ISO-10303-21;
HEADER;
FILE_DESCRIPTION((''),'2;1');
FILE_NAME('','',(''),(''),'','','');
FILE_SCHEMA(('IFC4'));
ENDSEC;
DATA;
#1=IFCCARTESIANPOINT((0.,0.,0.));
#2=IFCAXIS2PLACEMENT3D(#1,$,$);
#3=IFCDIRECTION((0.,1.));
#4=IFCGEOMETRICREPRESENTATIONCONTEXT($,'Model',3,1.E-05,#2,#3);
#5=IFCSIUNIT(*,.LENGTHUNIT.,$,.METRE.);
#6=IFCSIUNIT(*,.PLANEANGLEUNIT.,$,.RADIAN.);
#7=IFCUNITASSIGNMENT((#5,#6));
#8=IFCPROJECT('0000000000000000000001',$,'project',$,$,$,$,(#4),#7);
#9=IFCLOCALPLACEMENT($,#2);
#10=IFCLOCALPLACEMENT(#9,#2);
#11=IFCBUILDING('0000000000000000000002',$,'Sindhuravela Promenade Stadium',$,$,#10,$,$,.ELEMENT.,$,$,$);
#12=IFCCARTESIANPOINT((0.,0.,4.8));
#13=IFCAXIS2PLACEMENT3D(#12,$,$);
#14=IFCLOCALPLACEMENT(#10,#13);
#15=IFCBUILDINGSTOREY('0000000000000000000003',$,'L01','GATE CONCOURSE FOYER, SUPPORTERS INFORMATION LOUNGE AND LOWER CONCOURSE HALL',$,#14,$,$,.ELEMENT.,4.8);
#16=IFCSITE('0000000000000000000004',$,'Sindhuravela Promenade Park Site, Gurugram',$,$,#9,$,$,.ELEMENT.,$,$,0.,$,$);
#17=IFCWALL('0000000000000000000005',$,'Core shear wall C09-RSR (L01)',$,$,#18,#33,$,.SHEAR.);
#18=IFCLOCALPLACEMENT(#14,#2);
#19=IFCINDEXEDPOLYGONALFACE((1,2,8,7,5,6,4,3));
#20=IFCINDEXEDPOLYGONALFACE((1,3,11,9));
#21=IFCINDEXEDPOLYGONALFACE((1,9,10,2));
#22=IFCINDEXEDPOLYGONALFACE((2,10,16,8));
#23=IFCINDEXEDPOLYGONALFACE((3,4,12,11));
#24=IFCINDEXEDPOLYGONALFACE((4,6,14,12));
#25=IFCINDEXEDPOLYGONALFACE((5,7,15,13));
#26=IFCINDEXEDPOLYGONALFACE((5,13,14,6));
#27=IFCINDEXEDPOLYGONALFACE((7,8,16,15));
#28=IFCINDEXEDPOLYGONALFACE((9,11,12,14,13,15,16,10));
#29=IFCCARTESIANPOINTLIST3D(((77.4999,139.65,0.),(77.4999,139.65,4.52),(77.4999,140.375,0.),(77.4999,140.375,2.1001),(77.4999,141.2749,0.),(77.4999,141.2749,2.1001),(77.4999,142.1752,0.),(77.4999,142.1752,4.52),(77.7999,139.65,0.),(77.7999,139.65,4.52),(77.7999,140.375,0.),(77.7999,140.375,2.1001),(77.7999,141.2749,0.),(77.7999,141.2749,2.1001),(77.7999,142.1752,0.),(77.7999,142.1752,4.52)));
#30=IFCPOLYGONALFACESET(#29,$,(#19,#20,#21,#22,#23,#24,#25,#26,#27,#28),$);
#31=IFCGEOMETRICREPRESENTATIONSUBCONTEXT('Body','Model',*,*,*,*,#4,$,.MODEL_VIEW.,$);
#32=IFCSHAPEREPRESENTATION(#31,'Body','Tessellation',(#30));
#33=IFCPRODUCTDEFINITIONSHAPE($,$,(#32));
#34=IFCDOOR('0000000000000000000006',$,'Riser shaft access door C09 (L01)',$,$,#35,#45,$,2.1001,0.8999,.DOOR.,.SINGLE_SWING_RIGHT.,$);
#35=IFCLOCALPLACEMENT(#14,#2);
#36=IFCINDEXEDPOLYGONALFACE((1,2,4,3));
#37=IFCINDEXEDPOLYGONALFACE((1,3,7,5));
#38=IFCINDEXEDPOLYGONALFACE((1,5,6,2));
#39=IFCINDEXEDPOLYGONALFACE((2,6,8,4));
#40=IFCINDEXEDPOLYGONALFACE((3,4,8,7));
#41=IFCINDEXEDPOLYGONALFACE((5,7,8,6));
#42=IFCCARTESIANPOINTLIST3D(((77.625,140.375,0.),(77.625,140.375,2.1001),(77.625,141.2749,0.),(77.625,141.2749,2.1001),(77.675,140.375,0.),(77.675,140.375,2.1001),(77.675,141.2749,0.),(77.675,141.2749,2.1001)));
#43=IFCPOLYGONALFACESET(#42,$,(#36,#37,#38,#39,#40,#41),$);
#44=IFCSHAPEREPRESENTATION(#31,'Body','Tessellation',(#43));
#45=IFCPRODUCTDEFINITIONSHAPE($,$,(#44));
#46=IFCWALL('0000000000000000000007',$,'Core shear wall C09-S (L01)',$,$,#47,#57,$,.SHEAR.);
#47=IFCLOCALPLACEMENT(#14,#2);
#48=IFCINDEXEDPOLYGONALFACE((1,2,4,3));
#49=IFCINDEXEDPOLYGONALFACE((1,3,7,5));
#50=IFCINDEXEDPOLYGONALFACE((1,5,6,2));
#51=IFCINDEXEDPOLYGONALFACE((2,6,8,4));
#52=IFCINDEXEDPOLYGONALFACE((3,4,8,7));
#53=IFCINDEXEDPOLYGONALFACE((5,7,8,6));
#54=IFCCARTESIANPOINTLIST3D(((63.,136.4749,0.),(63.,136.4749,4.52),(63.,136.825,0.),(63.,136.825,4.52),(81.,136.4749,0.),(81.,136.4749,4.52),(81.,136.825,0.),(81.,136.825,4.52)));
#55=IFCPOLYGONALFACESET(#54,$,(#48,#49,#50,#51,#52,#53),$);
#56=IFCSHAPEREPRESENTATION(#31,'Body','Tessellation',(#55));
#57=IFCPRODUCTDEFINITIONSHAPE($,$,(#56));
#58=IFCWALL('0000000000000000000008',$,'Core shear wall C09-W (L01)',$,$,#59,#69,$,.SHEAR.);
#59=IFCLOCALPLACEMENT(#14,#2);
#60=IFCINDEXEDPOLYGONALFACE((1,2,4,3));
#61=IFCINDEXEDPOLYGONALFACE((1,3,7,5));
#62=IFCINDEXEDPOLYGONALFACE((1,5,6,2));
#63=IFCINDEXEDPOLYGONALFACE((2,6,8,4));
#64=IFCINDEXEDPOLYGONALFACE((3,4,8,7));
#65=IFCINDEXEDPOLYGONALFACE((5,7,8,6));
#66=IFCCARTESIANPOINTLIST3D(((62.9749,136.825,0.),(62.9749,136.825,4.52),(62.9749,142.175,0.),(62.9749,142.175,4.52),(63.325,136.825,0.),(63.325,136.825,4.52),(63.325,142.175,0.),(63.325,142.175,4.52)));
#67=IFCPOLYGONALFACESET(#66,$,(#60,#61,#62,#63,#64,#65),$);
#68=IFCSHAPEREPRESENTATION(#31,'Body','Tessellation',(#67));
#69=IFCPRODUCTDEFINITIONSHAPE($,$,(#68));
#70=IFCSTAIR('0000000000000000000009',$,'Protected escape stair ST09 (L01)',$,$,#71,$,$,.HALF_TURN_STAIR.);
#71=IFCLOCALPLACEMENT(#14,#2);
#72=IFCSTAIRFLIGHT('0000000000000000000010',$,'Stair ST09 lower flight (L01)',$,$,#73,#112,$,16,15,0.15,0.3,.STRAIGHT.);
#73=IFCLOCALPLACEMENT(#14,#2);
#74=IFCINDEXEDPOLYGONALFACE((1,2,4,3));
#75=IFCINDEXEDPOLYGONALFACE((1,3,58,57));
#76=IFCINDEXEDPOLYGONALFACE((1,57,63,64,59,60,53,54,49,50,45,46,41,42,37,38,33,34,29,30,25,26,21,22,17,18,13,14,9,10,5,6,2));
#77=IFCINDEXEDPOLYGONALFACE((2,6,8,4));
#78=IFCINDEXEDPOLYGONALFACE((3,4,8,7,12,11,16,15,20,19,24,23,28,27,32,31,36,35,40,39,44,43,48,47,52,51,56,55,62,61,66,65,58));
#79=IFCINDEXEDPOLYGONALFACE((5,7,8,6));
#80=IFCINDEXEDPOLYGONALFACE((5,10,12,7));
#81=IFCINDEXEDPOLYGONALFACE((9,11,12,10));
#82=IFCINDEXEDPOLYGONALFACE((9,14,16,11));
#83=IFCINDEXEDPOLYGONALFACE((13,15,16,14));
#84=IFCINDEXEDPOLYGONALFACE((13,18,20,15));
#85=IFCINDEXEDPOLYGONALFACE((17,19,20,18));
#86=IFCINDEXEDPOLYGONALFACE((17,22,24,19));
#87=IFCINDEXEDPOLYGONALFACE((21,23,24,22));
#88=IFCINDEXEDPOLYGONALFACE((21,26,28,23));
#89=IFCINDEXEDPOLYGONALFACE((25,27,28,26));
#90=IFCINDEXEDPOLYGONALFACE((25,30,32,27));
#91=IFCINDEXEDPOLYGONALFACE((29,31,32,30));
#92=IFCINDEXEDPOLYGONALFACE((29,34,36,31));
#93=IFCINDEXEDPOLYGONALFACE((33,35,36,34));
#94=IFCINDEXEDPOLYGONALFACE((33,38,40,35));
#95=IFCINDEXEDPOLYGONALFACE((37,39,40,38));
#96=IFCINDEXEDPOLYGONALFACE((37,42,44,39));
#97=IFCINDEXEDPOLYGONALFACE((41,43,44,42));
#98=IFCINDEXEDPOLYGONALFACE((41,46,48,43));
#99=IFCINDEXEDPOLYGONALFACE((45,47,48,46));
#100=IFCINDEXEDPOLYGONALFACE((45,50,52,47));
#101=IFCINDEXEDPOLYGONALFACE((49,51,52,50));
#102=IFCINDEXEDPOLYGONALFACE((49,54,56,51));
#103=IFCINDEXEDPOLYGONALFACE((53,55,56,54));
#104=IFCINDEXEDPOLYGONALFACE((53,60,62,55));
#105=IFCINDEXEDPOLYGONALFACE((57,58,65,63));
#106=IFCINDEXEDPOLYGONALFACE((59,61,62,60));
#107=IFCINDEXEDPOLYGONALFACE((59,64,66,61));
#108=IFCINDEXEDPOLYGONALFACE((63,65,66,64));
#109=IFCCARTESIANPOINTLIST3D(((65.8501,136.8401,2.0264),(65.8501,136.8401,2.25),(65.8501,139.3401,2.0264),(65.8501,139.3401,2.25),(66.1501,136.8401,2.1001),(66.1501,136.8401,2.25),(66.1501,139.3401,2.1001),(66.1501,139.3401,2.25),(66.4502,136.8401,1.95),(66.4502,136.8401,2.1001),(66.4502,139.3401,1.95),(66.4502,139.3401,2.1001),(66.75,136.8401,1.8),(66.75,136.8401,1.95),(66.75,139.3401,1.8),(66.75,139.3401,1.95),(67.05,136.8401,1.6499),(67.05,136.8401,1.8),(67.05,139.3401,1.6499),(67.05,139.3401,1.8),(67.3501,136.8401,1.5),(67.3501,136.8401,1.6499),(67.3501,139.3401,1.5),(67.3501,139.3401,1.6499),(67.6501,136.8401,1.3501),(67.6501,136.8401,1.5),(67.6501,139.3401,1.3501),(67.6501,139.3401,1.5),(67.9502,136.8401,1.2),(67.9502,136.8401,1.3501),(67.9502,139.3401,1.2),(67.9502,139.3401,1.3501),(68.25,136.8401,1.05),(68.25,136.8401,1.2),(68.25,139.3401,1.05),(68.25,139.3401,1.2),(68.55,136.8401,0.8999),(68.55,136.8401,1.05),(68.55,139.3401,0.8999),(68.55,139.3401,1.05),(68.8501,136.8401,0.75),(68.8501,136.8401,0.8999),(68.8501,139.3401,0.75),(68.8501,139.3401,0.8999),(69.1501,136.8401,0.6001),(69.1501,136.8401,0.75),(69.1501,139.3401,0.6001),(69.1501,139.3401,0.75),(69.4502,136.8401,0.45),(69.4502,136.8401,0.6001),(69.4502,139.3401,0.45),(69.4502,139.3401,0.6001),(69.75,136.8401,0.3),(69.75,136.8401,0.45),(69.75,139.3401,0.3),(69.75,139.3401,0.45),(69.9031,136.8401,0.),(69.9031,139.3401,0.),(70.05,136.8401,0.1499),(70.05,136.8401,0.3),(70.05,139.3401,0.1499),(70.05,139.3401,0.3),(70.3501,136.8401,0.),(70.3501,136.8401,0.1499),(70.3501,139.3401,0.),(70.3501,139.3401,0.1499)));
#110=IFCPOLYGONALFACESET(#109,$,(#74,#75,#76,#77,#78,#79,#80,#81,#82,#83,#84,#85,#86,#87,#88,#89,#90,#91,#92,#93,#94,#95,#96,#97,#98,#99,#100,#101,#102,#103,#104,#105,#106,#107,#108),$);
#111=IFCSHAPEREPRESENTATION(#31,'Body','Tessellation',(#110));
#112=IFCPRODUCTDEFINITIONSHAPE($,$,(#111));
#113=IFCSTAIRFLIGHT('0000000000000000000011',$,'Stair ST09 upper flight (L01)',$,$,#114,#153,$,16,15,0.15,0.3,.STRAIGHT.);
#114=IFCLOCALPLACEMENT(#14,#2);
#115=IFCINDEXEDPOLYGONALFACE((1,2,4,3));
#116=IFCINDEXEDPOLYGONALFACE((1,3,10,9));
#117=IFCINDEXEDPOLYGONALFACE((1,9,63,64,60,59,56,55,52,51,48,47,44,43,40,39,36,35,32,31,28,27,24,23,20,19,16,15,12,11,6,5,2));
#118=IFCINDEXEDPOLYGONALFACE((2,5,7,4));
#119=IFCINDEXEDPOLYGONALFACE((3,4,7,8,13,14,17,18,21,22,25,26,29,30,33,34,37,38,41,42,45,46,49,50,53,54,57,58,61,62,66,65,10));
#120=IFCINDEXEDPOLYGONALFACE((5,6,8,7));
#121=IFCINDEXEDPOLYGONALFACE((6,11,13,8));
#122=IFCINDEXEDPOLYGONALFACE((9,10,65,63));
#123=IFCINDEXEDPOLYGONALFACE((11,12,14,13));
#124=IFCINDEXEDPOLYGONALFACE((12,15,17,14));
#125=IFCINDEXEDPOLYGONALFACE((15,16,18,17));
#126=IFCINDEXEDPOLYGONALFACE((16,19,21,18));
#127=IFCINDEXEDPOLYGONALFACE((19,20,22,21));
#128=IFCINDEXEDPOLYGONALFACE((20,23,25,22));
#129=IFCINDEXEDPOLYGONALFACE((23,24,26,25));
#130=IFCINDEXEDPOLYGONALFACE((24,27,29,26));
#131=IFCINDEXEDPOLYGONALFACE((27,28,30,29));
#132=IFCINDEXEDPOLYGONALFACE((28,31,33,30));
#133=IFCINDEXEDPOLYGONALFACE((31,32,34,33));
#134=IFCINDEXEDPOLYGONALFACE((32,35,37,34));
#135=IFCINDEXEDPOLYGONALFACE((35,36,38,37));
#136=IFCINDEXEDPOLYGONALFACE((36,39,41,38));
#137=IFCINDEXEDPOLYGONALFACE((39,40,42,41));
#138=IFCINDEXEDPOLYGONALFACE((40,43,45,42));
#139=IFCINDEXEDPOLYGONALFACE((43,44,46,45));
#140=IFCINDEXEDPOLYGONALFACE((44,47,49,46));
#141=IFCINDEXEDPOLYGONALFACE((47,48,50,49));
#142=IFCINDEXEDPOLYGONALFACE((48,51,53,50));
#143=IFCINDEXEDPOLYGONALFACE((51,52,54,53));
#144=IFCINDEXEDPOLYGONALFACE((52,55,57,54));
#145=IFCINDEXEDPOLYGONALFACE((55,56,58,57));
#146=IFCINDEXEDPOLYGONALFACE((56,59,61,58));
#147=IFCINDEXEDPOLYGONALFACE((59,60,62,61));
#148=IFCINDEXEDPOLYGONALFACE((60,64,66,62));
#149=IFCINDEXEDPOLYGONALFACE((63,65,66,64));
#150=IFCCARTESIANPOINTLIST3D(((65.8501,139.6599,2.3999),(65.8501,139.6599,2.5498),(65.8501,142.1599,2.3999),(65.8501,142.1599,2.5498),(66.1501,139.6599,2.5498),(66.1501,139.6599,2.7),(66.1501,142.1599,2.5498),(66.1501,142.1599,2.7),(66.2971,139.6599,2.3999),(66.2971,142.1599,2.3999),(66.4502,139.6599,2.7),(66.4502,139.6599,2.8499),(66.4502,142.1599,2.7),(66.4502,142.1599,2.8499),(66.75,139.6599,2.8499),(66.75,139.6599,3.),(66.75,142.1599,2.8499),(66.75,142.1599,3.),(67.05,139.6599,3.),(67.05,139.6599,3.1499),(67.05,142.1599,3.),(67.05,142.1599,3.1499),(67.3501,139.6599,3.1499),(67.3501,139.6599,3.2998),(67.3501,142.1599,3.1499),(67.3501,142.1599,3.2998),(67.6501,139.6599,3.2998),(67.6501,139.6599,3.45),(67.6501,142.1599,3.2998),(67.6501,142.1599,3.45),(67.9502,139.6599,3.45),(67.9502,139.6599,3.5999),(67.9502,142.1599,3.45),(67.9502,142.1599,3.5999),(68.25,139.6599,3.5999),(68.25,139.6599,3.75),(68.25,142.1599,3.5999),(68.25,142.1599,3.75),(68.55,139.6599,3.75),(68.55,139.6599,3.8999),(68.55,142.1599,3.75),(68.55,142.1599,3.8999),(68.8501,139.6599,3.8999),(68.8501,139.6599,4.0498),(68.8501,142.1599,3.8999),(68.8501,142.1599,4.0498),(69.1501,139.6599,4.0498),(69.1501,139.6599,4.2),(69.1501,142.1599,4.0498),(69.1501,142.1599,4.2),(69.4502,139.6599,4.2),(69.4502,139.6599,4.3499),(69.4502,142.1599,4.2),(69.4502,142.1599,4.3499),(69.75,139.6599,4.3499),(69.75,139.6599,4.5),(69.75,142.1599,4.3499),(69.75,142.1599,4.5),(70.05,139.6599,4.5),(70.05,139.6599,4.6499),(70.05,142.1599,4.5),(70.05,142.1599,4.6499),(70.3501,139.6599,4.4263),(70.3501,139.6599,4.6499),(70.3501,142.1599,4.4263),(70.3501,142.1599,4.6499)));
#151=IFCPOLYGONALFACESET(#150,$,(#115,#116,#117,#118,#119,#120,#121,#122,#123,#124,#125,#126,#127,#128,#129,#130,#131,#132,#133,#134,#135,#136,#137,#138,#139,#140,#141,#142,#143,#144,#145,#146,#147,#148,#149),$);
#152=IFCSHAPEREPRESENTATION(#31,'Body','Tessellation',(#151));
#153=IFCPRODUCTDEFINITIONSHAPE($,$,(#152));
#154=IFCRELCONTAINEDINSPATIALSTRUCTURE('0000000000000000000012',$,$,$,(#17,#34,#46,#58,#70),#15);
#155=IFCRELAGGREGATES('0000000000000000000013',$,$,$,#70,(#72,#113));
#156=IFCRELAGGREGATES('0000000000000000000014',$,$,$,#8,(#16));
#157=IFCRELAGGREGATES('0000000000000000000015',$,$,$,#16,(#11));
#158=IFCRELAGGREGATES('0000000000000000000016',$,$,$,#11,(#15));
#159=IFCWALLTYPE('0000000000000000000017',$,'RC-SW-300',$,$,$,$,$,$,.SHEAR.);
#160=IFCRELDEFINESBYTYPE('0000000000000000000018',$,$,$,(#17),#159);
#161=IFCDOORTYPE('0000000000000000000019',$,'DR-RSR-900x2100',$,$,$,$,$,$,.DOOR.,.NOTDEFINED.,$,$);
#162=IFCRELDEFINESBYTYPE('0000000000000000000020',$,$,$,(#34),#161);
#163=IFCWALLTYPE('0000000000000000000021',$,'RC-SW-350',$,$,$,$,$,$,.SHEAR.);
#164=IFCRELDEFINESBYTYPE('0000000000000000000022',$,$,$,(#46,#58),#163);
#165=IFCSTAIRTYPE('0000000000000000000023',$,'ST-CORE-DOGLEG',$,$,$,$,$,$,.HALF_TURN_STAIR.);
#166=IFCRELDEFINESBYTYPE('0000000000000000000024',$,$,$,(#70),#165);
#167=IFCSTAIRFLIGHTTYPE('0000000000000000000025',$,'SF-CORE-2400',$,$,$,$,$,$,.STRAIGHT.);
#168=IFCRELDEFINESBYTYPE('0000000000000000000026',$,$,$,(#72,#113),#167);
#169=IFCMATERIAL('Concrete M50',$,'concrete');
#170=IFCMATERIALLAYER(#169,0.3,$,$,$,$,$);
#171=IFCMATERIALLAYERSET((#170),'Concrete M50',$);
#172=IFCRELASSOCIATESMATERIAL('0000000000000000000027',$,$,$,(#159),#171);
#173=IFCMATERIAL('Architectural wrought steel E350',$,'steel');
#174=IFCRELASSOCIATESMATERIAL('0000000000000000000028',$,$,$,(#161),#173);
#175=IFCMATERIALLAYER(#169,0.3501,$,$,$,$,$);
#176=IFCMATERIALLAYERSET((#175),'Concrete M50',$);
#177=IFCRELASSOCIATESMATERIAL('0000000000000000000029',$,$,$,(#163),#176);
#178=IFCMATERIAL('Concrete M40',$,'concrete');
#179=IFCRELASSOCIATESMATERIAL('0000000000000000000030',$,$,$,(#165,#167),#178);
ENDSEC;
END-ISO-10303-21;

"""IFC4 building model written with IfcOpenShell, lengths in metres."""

from ifc_helpers import new_model, si_unit, direction, frame, frame_2d, origin, place, context, subcontext, project, spatial, polyline, rectangle, outline, extrude, material, layer, layer_set, type_object, element, fill, aggregate, save


model = new_model("IFC4")

# Units and contexts
model_context = context("Model", 3, precision=1e-05, world=origin(), true_north=direction((0.0, 1.0)))
body_context = subcontext(model_context, "Body", "Model", "MODEL_VIEW")
ifc_project = project(units=[si_unit("LENGTHUNIT", "METRE"), si_unit("PLANEANGLEUNIT", "RADIAN")], contexts=[model_context])

# Site, building, storey
site_placement = place(None, origin())
site = spatial("IfcSite", under=ifc_project, at=site_placement, Name="Sindhuravela Promenade Park Site, Gurugram", CompositionType="ELEMENT", RefElevation=0.0)
building_placement = place(site_placement, origin())
building = spatial("IfcBuilding", under=site, at=building_placement, Name="Sindhuravela Promenade Stadium", CompositionType="ELEMENT")
storey_placement = place(building_placement, frame((0.0, 0.0, 4.8)))
storey = spatial("IfcBuildingStorey", under=building, at=storey_placement, Name="L01", Description="GATE CONCOURSE FOYER, SUPPORTERS INFORMATION LOUNGE AND LOWER CONCOURSE HALL", CompositionType="ELEMENT", Elevation=4.8)

# Shared definitions
ifc_material_1 = material(Name="Concrete M40", Category="concrete")

# Wall, opening, door
ifc_material_2 = material(Name="Concrete M50", Category="concrete")
ifc_layer_1 = layer(ifc_material_2, 0.3)
ifc_layer_set_1 = layer_set([ifc_layer_1], Name="Concrete M50")
wall_type_1 = type_object("IfcWallType", Name="RC-SW-300", PredefinedType="SHEAR", material=ifc_layer_set_1)
ifc_material_3 = material(Name="Architectural wrought steel E350", Category="steel")
wall_1_placement = place(storey_placement, frame((77.6499, 139.6499, 0.0), z_axis=(0.0, 0.0, 1.0), x_axis=(0.0, 1.0, 0.0)))
wall_1 = element("IfcWall", 1, at=wall_1_placement, inside=storey, type_object=wall_type_1, Name="Core shear wall C09-RSR (L01)", PredefinedType="SHEAR", context=body_context, shape_type="SweptSolid", body=[
    extrude(rectangle(XDim=2.5251, YDim=0.3, at=frame_2d((1.2627, 0.0))), origin(), (0.0, 0.0, 1.0), 4.52),
])
opening_1_placement = place(wall_1_placement, frame((0.7251, 0.0, 0.0)))
opening_1 = element("IfcOpeningElement", 2, at=opening_1_placement, cuts=wall_1, PredefinedType="OPENING", context=body_context, shape_type="SweptSolid", body=[
    extrude(rectangle(XDim=0.8999, YDim=2.1001, at=frame_2d((0.45, 1.05))), frame((0.0, 0.1599, 0.0), z_axis=(0.0, -1.0, 0.0), x_axis=(1.0, 0.0, 0.0)), (0.0, 0.0, 1.0), 0.3201),
])
door_type_1 = type_object("IfcDoorType", Name="DR-RSR-900x2100", OperationType="NOTDEFINED", PredefinedType="DOOR", material=ifc_material_3)
door_1_placement = place(opening_1_placement, origin())
door_1 = element("IfcDoor", 3, at=door_1_placement, inside=storey, type_object=door_type_1, Name="Riser shaft access door C09 (L01)", OperationType="SINGLE_SWING_RIGHT", OverallHeight=2.1001, OverallWidth=0.8999, PredefinedType="DOOR", context=body_context, shape_type="SweptSolid", body=[
    extrude(rectangle(XDim=0.8999, YDim=2.1001, at=frame_2d((0.45, 1.05))), frame((0.0, 0.0249, 0.0), z_axis=(0.0, -1.0, 0.0), x_axis=(1.0, 0.0, 0.0)), (0.0, 0.0, 1.0), 0.05),
])
fill(opening_1, door_1)

# Walls
ifc_layer_2 = layer(ifc_material_2, 0.3501)
ifc_layer_set_2 = layer_set([ifc_layer_2], Name="Concrete M50")
wall_type_2 = type_object("IfcWallType", Name="RC-SW-350", PredefinedType="SHEAR", material=ifc_layer_set_2)
wall_2_placement = place(storey_placement, frame((63.0, 136.6499, 0.0), z_axis=(0.0, 0.0, 1.0), x_axis=(1.0, 0.0, 0.0)))
element("IfcWall", 4, at=wall_2_placement, inside=storey, type_object=wall_type_2, Name="Core shear wall C09-S (L01)", PredefinedType="SHEAR", context=body_context, shape_type="SweptSolid", body=[
    extrude(rectangle(XDim=18.0, YDim=0.3501, at=frame_2d((9.0, 0.0))), origin(), (0.0, 0.0, 1.0), 4.52),
])
wall_3_placement = place(storey_placement, frame((63.1499, 142.175, 0.0), z_axis=(0.0, 0.0, 1.0), x_axis=(0.0, -1.0, 0.0)))
element("IfcWall", 5, at=wall_3_placement, inside=storey, type_object=wall_type_2, Name="Core shear wall C09-W (L01)", PredefinedType="SHEAR", context=body_context, shape_type="SweptSolid", body=[
    extrude(rectangle(XDim=5.3501, YDim=0.3501, at=frame_2d((2.675, 0.0))), origin(), (0.0, 0.0, 1.0), 4.52),
])

# Stair, stair flights
stair_type = type_object("IfcStairType", Name="ST-CORE-DOGLEG", PredefinedType="HALF_TURN_STAIR", material=ifc_material_1)
stair_placement = place(storey_placement, origin())
stair = element("IfcStair", 6, at=stair_placement, inside=storey, type_object=stair_type, Name="Protected escape stair ST09 (L01)", PredefinedType="HALF_TURN_STAIR")
stair_flight_type = type_object("IfcStairFlightType", Name="SF-CORE-2400", PredefinedType="STRAIGHT", material=ifc_material_1)
stair_flight_1_placement = place(storey_placement, frame((70.3501, 138.0901, 0.0), z_axis=(0.0, 0.0, 1.0), x_axis=(-1.0, 0.0, 0.0)))
stair_flight_1 = element("IfcStairFlight", 7, at=stair_flight_1_placement, type_object=stair_flight_type, Name="Stair ST09 lower flight (L01)", NumberOfRisers=16, NumberOfTreads=15, PredefinedType="STRAIGHT", RiserHeight=0.15, TreadLength=0.3, context=body_context, shape_type="SweptSolid", body=[
    extrude(outline(polyline([(0.0, 0.0), (0.0, 0.1499), (0.3, 0.1499), (0.3, 0.3), (0.6001, 0.3), (0.6001, 0.45), (0.8999, 0.45), (0.8999, 0.6001), (1.2, 0.6001), (1.2, 0.75), (1.5, 0.75), (1.5, 0.8999), (1.8, 0.8999), (1.8, 1.05), (2.1001, 1.05), (2.1001, 1.2), (2.3999, 1.2), (2.3999, 1.3501), (2.7, 1.3501), (2.7, 1.5), (3.0, 1.5), (3.0, 1.6499), (3.3, 1.6499), (3.3, 1.8), (3.6001, 1.8), (3.6001, 1.95), (3.8999, 1.95), (3.8999, 2.1001), (4.2, 2.1001), (4.2, 2.25), (4.5, 2.25), (4.5, 2.3999), (4.5, 2.0264), (0.447, 0.0), (0.0, 0.0)])), frame((0.0, 1.25, 0.0), z_axis=(0.0, -1.0, 0.0), x_axis=(1.0, 0.0, 0.0)), (0.0, 0.0, 1.0), 2.5),
])
stair_flight_2_placement = place(storey_placement, frame((65.8501, 140.9099, 2.3999), z_axis=(0.0, 0.0, 1.0), x_axis=(1.0, 0.0, 0.0)))
stair_flight_2 = element("IfcStairFlight", 8, at=stair_flight_2_placement, type_object=stair_flight_type, Name="Stair ST09 upper flight (L01)", NumberOfRisers=16, NumberOfTreads=15, PredefinedType="STRAIGHT", RiserHeight=0.15, TreadLength=0.3, context=body_context, shape_type="SweptSolid", body=[
    extrude(outline(polyline([(0.0, 0.0), (0.0, 0.1499), (0.3, 0.1499), (0.3, 0.3), (0.6001, 0.3), (0.6001, 0.45), (0.8999, 0.45), (0.8999, 0.6001), (1.2, 0.6001), (1.2, 0.75), (1.5, 0.75), (1.5, 0.8999), (1.8, 0.8999), (1.8, 1.05), (2.1001, 1.05), (2.1001, 1.2), (2.3999, 1.2), (2.3999, 1.3501), (2.7, 1.3501), (2.7, 1.5), (3.0, 1.5), (3.0, 1.6499), (3.3, 1.6499), (3.3, 1.8), (3.6001, 1.8), (3.6001, 1.95), (3.8999, 1.95), (3.8999, 2.1001), (4.2, 2.1001), (4.2, 2.25), (4.5, 2.25), (4.5, 2.3999), (4.5, 2.0264), (0.447, 0.0), (0.0, 0.0)])), frame((0.0, 1.25, 0.0), z_axis=(0.0, -1.0, 0.0), x_axis=(1.0, 0.0, 0.0)), (0.0, 0.0, 1.0), 2.5),
])
aggregate(stair, [stair_flight_1, stair_flight_2])

save(model, "model.ifc")
